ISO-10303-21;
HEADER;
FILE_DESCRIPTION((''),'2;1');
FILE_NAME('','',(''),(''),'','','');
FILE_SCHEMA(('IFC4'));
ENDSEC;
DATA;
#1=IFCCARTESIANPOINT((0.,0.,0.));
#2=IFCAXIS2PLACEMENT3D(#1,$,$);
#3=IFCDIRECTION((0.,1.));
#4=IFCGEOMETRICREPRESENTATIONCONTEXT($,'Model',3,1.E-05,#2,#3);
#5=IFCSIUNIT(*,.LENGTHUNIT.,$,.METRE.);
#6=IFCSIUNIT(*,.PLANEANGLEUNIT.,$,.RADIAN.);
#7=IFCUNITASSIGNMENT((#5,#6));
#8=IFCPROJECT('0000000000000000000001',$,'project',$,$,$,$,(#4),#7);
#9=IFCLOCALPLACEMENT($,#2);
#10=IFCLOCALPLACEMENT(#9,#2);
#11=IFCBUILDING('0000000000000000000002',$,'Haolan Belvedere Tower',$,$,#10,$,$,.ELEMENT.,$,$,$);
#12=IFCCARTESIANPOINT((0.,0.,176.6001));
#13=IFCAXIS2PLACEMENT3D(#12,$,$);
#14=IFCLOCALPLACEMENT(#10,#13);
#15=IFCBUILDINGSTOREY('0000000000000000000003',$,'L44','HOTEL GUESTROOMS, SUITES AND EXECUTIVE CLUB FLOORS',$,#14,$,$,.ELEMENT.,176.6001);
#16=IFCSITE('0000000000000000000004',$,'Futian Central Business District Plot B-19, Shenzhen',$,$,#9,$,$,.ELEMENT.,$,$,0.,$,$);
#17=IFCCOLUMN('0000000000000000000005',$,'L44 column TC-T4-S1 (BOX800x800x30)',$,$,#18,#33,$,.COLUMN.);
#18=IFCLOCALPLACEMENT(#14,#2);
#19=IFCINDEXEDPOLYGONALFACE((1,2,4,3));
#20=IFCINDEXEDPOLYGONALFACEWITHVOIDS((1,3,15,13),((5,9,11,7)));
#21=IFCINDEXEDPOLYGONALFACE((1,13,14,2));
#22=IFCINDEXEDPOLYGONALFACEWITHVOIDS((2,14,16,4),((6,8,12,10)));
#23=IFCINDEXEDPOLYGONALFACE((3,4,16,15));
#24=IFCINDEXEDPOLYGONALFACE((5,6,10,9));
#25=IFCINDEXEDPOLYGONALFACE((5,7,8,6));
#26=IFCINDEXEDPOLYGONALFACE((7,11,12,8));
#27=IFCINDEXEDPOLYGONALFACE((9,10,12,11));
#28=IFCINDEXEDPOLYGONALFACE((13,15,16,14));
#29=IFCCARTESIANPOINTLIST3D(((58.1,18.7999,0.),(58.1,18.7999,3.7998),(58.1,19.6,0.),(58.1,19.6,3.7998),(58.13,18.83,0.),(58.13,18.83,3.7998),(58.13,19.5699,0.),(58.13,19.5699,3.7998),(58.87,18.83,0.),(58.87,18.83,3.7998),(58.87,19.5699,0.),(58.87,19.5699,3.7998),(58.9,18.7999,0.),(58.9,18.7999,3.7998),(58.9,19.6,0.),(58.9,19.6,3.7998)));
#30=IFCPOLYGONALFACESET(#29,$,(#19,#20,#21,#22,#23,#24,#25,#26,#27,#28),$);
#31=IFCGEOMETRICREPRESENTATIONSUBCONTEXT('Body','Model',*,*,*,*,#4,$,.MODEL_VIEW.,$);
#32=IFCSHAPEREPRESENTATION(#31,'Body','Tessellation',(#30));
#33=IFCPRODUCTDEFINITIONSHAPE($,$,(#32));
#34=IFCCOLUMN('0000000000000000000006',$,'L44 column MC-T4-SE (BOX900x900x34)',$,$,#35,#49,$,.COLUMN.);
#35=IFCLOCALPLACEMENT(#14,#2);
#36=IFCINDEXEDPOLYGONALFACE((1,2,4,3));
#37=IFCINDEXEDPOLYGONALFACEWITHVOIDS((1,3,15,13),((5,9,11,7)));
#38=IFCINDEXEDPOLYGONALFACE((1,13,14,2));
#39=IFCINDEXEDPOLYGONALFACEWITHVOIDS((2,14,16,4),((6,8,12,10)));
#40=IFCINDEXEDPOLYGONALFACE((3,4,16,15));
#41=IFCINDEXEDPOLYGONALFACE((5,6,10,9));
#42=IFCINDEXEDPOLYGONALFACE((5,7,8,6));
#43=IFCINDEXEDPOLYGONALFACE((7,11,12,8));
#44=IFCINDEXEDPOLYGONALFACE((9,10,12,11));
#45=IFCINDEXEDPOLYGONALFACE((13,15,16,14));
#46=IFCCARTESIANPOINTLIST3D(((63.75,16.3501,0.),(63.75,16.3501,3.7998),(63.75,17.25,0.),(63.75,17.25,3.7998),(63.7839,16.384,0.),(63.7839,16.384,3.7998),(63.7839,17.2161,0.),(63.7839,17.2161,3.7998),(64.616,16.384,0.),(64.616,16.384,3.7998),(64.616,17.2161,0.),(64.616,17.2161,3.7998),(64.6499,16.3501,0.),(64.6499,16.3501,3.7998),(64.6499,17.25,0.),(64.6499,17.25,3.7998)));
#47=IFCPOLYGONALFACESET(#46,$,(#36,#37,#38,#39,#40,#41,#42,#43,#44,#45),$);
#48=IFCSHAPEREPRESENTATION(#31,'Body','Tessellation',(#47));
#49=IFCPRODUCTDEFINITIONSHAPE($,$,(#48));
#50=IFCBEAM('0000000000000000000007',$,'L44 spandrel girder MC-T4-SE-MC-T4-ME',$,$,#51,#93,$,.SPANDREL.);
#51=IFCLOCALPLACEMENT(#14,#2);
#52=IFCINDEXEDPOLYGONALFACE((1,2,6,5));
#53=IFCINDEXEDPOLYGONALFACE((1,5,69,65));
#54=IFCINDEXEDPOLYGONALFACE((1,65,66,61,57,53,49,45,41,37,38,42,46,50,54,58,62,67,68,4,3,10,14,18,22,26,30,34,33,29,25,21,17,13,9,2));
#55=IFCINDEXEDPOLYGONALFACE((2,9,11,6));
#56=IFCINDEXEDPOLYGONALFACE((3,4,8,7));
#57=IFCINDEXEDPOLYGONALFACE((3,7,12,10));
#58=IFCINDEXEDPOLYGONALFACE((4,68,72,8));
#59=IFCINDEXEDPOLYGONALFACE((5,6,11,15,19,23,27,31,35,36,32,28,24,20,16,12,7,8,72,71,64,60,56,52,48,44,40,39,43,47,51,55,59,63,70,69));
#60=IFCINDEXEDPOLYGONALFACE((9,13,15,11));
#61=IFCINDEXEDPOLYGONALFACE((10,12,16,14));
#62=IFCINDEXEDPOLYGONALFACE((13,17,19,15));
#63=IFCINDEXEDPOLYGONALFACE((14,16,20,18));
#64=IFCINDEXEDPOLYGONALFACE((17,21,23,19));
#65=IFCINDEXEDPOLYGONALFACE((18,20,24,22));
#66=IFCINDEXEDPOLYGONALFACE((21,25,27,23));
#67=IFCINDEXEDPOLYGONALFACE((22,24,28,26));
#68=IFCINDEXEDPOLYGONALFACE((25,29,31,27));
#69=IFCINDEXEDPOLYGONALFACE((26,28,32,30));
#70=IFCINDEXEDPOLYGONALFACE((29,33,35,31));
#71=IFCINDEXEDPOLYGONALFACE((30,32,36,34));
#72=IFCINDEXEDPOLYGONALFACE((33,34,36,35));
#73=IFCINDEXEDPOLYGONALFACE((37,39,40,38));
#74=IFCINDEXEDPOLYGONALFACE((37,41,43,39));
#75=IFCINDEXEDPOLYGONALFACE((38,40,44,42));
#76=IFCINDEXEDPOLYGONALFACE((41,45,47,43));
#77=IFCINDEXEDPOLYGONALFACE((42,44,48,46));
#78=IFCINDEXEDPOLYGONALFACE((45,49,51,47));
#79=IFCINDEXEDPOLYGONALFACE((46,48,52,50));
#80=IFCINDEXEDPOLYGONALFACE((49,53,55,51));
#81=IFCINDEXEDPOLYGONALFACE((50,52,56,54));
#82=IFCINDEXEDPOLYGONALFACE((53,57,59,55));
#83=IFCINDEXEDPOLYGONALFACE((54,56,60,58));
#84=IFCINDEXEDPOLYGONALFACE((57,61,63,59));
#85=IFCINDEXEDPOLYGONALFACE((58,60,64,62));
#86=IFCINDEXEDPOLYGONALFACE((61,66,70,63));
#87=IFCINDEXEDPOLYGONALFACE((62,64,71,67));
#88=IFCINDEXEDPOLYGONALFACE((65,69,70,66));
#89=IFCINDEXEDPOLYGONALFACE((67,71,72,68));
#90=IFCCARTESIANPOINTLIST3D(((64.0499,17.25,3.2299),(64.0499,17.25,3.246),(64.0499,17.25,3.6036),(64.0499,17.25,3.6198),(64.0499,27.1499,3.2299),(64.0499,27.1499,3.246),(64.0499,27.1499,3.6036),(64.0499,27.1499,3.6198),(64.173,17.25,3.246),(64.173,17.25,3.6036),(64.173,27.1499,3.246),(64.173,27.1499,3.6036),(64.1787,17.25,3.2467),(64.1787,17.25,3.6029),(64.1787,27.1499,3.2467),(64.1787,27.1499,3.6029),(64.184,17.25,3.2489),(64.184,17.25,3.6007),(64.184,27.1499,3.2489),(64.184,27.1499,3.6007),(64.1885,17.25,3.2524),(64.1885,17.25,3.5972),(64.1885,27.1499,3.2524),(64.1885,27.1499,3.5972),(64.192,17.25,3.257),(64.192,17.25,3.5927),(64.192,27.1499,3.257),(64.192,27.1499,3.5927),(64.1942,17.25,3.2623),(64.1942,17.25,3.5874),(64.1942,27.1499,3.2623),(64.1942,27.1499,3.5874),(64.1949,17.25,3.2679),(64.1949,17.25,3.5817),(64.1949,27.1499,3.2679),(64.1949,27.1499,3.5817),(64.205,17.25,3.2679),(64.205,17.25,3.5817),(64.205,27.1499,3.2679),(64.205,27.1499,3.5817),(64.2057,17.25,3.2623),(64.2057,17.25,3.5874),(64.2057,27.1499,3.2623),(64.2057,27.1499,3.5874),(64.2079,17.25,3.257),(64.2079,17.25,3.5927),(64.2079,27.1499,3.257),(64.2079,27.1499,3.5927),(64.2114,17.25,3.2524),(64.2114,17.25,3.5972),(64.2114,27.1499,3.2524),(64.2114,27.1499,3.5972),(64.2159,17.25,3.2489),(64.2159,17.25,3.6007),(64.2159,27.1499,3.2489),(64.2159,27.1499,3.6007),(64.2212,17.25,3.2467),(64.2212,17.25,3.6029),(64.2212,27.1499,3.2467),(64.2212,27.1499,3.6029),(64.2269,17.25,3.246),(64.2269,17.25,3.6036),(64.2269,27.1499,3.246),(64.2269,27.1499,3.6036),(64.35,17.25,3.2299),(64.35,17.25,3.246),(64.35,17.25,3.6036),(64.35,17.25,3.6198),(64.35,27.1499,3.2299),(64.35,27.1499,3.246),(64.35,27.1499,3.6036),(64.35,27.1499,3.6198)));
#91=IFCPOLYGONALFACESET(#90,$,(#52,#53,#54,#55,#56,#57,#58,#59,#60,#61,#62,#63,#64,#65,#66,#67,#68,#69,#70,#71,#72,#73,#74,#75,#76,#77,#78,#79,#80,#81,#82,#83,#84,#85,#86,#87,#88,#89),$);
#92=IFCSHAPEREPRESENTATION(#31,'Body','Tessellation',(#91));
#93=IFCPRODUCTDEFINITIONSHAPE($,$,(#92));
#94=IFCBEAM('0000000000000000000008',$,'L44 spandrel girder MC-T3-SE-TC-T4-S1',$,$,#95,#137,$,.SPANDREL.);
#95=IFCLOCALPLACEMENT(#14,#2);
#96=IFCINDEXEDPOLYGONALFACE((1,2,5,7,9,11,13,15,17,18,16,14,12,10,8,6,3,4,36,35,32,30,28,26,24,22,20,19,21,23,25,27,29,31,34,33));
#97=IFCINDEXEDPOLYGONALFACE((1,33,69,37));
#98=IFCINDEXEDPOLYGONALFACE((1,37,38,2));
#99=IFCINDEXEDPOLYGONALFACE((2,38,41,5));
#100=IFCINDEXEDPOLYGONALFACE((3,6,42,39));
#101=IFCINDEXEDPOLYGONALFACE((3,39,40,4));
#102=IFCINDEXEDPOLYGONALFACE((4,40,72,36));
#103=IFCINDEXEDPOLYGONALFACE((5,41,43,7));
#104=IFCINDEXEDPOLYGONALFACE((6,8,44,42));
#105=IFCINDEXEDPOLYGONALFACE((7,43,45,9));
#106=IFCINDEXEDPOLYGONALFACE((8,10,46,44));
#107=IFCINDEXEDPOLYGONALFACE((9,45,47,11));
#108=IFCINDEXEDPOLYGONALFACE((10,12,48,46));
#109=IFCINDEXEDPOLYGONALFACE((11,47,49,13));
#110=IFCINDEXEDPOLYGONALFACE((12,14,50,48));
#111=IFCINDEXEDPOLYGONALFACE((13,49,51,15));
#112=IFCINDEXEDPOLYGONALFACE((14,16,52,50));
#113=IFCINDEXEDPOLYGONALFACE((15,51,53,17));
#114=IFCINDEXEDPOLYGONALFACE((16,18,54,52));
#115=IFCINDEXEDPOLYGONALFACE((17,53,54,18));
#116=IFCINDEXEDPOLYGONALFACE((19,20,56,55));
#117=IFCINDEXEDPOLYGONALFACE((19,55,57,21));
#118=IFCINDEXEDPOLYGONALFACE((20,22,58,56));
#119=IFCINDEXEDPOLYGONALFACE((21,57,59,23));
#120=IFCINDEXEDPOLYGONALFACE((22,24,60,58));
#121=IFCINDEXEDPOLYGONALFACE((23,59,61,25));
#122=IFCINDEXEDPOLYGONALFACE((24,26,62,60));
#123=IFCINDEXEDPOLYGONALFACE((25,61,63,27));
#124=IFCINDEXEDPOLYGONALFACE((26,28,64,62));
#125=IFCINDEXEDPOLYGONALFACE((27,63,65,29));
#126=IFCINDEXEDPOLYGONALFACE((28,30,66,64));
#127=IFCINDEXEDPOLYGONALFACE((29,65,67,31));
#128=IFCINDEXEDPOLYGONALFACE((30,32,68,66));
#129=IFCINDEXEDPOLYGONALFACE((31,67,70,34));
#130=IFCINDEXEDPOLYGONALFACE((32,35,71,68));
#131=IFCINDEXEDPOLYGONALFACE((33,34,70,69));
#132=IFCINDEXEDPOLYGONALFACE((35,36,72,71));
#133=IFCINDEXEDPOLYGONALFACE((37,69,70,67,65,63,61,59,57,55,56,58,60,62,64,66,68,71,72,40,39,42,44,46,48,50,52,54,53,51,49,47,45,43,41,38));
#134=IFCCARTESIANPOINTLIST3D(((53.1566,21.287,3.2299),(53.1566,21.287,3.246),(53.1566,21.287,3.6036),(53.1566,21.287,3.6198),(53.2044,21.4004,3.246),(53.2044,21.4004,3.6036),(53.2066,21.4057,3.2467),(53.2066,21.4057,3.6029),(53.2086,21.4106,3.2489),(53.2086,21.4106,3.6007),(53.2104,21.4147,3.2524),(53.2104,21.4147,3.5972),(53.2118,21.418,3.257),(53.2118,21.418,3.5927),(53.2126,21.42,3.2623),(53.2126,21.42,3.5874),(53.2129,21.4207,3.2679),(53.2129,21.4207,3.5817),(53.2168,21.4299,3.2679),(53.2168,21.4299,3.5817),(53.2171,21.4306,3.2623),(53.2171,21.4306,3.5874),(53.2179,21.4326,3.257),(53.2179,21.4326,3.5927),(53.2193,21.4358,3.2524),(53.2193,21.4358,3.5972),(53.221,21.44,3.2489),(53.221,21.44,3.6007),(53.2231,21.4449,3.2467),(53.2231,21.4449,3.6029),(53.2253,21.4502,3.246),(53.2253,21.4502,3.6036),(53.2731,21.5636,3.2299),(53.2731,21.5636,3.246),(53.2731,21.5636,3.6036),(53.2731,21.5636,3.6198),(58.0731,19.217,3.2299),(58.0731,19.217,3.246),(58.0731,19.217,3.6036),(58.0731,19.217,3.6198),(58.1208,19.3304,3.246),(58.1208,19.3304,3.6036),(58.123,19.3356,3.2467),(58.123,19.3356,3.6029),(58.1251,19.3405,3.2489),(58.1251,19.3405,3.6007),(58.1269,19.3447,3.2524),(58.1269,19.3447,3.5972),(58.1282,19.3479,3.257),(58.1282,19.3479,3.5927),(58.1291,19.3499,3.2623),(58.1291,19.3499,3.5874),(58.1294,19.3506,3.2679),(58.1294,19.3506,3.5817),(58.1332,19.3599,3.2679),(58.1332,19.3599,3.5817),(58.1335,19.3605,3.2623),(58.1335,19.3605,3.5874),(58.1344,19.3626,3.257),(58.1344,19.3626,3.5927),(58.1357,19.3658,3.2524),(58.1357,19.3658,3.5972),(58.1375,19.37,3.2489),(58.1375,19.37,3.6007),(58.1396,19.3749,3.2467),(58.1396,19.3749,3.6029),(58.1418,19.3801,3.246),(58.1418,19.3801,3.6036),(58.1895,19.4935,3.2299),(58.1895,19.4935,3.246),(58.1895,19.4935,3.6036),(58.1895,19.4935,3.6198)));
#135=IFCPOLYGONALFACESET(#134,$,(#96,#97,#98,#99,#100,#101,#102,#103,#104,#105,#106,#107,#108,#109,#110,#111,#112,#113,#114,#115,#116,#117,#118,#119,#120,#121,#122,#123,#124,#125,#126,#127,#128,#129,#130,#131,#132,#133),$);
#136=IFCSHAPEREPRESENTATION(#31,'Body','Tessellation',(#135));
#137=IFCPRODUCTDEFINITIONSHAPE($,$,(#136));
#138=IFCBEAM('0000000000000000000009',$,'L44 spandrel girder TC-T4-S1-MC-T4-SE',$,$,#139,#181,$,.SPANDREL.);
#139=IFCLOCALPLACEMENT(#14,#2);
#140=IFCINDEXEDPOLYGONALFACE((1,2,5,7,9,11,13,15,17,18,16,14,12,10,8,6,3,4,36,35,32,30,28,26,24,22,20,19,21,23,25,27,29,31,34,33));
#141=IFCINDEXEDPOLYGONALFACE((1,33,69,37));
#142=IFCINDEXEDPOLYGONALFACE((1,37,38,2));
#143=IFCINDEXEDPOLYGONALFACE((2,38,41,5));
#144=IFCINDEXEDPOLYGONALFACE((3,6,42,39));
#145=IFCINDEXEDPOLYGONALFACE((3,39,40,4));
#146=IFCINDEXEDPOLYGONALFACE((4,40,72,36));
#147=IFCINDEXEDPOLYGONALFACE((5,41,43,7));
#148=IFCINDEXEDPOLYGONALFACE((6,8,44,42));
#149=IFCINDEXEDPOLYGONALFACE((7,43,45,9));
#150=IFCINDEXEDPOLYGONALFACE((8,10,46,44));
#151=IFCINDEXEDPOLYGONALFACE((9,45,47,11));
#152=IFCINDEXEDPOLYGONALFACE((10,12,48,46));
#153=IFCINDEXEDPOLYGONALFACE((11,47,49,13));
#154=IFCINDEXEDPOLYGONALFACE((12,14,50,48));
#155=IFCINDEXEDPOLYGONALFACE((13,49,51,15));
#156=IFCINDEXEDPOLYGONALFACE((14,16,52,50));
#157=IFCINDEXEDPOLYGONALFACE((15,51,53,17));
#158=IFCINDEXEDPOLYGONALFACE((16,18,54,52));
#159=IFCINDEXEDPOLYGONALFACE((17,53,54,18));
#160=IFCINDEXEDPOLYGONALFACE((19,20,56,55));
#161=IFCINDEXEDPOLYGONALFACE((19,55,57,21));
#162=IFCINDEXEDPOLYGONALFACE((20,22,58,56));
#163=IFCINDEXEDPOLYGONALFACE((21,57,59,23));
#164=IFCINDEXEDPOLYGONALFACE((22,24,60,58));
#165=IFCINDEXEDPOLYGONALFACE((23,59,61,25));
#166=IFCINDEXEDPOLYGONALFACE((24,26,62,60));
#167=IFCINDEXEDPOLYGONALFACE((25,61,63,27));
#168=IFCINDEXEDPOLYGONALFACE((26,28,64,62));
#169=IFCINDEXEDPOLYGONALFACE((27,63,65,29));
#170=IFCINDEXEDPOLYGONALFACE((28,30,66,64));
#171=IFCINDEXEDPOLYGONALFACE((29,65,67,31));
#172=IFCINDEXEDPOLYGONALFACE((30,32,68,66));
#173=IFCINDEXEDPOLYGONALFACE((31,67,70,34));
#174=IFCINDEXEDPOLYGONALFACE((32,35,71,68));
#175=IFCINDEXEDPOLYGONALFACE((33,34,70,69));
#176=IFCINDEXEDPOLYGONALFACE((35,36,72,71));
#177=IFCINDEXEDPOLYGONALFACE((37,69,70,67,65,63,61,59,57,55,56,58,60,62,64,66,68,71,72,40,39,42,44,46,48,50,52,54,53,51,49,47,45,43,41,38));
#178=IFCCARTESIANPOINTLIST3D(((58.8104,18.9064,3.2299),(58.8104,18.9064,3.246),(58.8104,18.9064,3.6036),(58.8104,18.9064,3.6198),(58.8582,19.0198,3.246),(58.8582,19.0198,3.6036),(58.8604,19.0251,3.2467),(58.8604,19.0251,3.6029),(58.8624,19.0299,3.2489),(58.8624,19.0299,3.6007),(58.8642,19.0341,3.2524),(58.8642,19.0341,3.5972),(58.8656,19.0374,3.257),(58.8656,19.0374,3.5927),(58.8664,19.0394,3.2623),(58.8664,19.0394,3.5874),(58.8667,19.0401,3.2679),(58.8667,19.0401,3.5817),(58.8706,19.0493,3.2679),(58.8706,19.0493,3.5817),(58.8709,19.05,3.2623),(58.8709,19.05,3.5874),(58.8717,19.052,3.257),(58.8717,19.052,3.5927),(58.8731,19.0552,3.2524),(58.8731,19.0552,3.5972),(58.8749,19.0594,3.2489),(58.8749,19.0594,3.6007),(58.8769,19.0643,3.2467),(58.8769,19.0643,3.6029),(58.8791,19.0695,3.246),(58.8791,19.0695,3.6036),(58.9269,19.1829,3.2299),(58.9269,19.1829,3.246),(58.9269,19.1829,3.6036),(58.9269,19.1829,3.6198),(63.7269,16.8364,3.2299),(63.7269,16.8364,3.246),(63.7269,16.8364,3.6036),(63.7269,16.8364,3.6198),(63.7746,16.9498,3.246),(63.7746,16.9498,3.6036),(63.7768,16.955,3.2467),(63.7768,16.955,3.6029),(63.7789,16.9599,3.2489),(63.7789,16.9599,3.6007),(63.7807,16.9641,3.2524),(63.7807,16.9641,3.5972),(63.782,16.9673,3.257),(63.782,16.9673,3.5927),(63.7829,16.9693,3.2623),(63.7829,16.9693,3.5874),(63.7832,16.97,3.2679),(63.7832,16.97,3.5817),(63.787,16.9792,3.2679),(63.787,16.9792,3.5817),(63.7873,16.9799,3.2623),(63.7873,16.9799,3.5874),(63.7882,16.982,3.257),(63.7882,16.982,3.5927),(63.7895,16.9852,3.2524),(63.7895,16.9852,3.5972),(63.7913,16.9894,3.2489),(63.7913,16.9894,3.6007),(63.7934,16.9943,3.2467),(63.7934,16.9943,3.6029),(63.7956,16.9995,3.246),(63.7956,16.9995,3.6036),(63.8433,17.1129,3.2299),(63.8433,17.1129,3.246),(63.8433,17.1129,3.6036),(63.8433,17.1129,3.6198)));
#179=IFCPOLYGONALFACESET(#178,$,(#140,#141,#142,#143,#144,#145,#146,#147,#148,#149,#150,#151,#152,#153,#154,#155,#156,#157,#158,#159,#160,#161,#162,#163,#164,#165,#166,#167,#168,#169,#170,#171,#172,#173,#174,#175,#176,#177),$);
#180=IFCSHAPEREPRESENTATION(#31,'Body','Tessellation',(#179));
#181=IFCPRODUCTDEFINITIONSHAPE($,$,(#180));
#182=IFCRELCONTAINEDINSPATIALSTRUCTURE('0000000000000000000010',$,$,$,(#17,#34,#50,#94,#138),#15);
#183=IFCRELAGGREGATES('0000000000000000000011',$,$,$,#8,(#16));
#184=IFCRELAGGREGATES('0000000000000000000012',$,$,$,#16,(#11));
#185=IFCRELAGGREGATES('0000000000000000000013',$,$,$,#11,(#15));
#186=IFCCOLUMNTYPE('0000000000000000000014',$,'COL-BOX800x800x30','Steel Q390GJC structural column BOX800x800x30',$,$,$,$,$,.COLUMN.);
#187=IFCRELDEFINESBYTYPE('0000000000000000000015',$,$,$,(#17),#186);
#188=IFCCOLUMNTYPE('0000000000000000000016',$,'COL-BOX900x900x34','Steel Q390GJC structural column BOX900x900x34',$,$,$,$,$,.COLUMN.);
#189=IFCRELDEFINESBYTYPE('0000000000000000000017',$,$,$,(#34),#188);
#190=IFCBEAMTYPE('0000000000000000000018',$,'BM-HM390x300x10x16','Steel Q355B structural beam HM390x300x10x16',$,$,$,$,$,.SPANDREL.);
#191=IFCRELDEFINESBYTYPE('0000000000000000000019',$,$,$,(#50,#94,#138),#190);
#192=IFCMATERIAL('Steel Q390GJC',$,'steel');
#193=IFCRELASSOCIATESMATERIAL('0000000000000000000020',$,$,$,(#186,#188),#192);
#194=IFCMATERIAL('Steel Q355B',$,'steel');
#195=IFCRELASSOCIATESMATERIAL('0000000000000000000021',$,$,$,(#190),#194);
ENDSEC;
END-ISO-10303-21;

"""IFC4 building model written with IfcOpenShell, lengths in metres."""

from ifc_helpers import new_model, si_unit, direction, frame, origin, origin_2d, place, context, subcontext, project, spatial, hollow_rectangle, i_section, extrude, material, material_profile, profile_set, type_object, element, save


model = new_model("IFC4")

# Units and contexts
model_context = context("Model", 3, precision=1e-05, world=origin(), true_north=direction((0.0, 1.0)))
body_context = subcontext(model_context, "Body", "Model", "MODEL_VIEW")
ifc_project = project(units=[si_unit("LENGTHUNIT", "METRE"), si_unit("PLANEANGLEUNIT", "RADIAN")], contexts=[model_context])

# Site, building, storey
site_placement = place(None, origin())
site = spatial("IfcSite", under=ifc_project, at=site_placement, Name="Futian Central Business District Plot B-19, Shenzhen", CompositionType="ELEMENT", RefElevation=0.0)
building_placement = place(site_placement, origin())
building = spatial("IfcBuilding", under=site, at=building_placement, Name="Haolan Belvedere Tower", CompositionType="ELEMENT")
storey_placement = place(building_placement, frame((0.0, 0.0, 176.6001)))
storey = spatial("IfcBuildingStorey", under=building, at=storey_placement, Name="L44", Description="HOTEL GUESTROOMS, SUITES AND EXECUTIVE CLUB FLOORS", CompositionType="ELEMENT", Elevation=176.6001)

# Columns
ifc_material_1 = material(Name="Steel Q390GJC", Category="steel")
ifc_material_profile_1 = material_profile(ifc_material_1, hollow_rectangle(XDim=0.8, YDim=0.8, WallThickness=0.03, at=origin_2d()), Name="Steel Q390GJC")
ifc_profile_set_1 = profile_set([ifc_material_profile_1], Name="Steel Q390GJC")
column_type_1 = type_object("IfcColumnType", Name="COL-BOX800x800x30", Description="Steel Q390GJC structural column BOX800x800x30", PredefinedType="COLUMN", material=ifc_profile_set_1)
column_1_placement = place(storey_placement, frame((58.5, 19.2, 0.0), z_axis=(0.0, 0.0, 1.0), x_axis=(1.0, 0.0, 0.0)))
element("IfcColumn", 1, at=column_1_placement, inside=storey, type_object=column_type_1, Name="L44 column TC-T4-S1 (BOX800x800x30)", PredefinedType="COLUMN", context=body_context, shape_type="SweptSolid", body=[
    extrude(hollow_rectangle(XDim=0.8, YDim=0.8, WallThickness=0.03, at=origin_2d()), origin(), (0.0, 0.0, 1.0), 3.7998),
])
ifc_material_profile_2 = material_profile(ifc_material_1, hollow_rectangle(XDim=0.8999, YDim=0.8999, WallThickness=0.0339, at=origin_2d()), Name="Steel Q390GJC")
ifc_profile_set_2 = profile_set([ifc_material_profile_2], Name="Steel Q390GJC")
column_type_2 = type_object("IfcColumnType", Name="COL-BOX900x900x34", Description="Steel Q390GJC structural column BOX900x900x34", PredefinedType="COLUMN", material=ifc_profile_set_2)
column_2_placement = place(storey_placement, frame((64.2, 16.8, 0.0), z_axis=(0.0, 0.0, 1.0), x_axis=(1.0, 0.0, 0.0)))
element("IfcColumn", 2, at=column_2_placement, inside=storey, type_object=column_type_2, Name="L44 column MC-T4-SE (BOX900x900x34)", PredefinedType="COLUMN", context=body_context, shape_type="SweptSolid", body=[
    extrude(hollow_rectangle(XDim=0.8999, YDim=0.8999, WallThickness=0.0339, at=origin_2d()), origin(), (0.0, 0.0, 1.0), 3.7998),
])

# Beams
ifc_material_2 = material(Name="Steel Q355B", Category="steel")
ifc_material_profile_3 = material_profile(ifc_material_2, i_section(OverallWidth=0.3, OverallDepth=0.3899, WebThickness=0.01, FlangeThickness=0.0161, FilletRadius=0.022, at=origin_2d()), Name="Steel Q355B")
ifc_profile_set_3 = profile_set([ifc_material_profile_3], Name="Steel Q355B")
beam_type_1 = type_object("IfcBeamType", Name="BM-HM390x300x10x16", Description="Steel Q355B structural beam HM390x300x10x16", PredefinedType="SPANDREL", material=ifc_profile_set_3)
beam_1_placement = place(storey_placement, frame((64.2, 17.25, 3.4248), z_axis=(0.0, 1.0, 0.0), x_axis=(-1.0, 0.0, 0.0)))
element("IfcBeam", 3, at=beam_1_placement, inside=storey, type_object=beam_type_1, Name="L44 spandrel girder MC-T4-SE-MC-T4-ME", PredefinedType="SPANDREL", context=body_context, shape_type="SweptSolid", body=[
    extrude(i_section(OverallWidth=0.3, OverallDepth=0.3899, WebThickness=0.01, FlangeThickness=0.0161, FilletRadius=0.022, at=origin_2d()), origin(), (0.0, 0.0, 1.0), 9.8999),
])
for number, where, z_axis, x_axis, name in (
    (4, (53.2148, 21.4253, 3.4248), (0.921638, -0.388051, 0.0), (0.388051, 0.921638, 0.0), "L44 spandrel girder MC-T3-SE-TC-T4-S1"),
    (5, (58.8687, 19.0447, 3.4248), (0.921638, -0.388051, 0.0), (0.388051, 0.921638, 0.0), "L44 spandrel girder TC-T4-S1-MC-T4-SE"),
):
    element("IfcBeam", number, at=place(storey_placement, frame(where, z_axis=z_axis, x_axis=x_axis)), inside=storey, type_object=beam_type_1, Name=name, PredefinedType="SPANDREL", context=body_context, shape_type="SweptSolid", body=[
        extrude(i_section(OverallWidth=0.3, OverallDepth=0.3899, WebThickness=0.01, FlangeThickness=0.0161, FilletRadius=0.022, at=origin_2d()), origin(), (0.0, 0.0, 1.0), 5.3345),
    ])

save(model, "model.ifc")
